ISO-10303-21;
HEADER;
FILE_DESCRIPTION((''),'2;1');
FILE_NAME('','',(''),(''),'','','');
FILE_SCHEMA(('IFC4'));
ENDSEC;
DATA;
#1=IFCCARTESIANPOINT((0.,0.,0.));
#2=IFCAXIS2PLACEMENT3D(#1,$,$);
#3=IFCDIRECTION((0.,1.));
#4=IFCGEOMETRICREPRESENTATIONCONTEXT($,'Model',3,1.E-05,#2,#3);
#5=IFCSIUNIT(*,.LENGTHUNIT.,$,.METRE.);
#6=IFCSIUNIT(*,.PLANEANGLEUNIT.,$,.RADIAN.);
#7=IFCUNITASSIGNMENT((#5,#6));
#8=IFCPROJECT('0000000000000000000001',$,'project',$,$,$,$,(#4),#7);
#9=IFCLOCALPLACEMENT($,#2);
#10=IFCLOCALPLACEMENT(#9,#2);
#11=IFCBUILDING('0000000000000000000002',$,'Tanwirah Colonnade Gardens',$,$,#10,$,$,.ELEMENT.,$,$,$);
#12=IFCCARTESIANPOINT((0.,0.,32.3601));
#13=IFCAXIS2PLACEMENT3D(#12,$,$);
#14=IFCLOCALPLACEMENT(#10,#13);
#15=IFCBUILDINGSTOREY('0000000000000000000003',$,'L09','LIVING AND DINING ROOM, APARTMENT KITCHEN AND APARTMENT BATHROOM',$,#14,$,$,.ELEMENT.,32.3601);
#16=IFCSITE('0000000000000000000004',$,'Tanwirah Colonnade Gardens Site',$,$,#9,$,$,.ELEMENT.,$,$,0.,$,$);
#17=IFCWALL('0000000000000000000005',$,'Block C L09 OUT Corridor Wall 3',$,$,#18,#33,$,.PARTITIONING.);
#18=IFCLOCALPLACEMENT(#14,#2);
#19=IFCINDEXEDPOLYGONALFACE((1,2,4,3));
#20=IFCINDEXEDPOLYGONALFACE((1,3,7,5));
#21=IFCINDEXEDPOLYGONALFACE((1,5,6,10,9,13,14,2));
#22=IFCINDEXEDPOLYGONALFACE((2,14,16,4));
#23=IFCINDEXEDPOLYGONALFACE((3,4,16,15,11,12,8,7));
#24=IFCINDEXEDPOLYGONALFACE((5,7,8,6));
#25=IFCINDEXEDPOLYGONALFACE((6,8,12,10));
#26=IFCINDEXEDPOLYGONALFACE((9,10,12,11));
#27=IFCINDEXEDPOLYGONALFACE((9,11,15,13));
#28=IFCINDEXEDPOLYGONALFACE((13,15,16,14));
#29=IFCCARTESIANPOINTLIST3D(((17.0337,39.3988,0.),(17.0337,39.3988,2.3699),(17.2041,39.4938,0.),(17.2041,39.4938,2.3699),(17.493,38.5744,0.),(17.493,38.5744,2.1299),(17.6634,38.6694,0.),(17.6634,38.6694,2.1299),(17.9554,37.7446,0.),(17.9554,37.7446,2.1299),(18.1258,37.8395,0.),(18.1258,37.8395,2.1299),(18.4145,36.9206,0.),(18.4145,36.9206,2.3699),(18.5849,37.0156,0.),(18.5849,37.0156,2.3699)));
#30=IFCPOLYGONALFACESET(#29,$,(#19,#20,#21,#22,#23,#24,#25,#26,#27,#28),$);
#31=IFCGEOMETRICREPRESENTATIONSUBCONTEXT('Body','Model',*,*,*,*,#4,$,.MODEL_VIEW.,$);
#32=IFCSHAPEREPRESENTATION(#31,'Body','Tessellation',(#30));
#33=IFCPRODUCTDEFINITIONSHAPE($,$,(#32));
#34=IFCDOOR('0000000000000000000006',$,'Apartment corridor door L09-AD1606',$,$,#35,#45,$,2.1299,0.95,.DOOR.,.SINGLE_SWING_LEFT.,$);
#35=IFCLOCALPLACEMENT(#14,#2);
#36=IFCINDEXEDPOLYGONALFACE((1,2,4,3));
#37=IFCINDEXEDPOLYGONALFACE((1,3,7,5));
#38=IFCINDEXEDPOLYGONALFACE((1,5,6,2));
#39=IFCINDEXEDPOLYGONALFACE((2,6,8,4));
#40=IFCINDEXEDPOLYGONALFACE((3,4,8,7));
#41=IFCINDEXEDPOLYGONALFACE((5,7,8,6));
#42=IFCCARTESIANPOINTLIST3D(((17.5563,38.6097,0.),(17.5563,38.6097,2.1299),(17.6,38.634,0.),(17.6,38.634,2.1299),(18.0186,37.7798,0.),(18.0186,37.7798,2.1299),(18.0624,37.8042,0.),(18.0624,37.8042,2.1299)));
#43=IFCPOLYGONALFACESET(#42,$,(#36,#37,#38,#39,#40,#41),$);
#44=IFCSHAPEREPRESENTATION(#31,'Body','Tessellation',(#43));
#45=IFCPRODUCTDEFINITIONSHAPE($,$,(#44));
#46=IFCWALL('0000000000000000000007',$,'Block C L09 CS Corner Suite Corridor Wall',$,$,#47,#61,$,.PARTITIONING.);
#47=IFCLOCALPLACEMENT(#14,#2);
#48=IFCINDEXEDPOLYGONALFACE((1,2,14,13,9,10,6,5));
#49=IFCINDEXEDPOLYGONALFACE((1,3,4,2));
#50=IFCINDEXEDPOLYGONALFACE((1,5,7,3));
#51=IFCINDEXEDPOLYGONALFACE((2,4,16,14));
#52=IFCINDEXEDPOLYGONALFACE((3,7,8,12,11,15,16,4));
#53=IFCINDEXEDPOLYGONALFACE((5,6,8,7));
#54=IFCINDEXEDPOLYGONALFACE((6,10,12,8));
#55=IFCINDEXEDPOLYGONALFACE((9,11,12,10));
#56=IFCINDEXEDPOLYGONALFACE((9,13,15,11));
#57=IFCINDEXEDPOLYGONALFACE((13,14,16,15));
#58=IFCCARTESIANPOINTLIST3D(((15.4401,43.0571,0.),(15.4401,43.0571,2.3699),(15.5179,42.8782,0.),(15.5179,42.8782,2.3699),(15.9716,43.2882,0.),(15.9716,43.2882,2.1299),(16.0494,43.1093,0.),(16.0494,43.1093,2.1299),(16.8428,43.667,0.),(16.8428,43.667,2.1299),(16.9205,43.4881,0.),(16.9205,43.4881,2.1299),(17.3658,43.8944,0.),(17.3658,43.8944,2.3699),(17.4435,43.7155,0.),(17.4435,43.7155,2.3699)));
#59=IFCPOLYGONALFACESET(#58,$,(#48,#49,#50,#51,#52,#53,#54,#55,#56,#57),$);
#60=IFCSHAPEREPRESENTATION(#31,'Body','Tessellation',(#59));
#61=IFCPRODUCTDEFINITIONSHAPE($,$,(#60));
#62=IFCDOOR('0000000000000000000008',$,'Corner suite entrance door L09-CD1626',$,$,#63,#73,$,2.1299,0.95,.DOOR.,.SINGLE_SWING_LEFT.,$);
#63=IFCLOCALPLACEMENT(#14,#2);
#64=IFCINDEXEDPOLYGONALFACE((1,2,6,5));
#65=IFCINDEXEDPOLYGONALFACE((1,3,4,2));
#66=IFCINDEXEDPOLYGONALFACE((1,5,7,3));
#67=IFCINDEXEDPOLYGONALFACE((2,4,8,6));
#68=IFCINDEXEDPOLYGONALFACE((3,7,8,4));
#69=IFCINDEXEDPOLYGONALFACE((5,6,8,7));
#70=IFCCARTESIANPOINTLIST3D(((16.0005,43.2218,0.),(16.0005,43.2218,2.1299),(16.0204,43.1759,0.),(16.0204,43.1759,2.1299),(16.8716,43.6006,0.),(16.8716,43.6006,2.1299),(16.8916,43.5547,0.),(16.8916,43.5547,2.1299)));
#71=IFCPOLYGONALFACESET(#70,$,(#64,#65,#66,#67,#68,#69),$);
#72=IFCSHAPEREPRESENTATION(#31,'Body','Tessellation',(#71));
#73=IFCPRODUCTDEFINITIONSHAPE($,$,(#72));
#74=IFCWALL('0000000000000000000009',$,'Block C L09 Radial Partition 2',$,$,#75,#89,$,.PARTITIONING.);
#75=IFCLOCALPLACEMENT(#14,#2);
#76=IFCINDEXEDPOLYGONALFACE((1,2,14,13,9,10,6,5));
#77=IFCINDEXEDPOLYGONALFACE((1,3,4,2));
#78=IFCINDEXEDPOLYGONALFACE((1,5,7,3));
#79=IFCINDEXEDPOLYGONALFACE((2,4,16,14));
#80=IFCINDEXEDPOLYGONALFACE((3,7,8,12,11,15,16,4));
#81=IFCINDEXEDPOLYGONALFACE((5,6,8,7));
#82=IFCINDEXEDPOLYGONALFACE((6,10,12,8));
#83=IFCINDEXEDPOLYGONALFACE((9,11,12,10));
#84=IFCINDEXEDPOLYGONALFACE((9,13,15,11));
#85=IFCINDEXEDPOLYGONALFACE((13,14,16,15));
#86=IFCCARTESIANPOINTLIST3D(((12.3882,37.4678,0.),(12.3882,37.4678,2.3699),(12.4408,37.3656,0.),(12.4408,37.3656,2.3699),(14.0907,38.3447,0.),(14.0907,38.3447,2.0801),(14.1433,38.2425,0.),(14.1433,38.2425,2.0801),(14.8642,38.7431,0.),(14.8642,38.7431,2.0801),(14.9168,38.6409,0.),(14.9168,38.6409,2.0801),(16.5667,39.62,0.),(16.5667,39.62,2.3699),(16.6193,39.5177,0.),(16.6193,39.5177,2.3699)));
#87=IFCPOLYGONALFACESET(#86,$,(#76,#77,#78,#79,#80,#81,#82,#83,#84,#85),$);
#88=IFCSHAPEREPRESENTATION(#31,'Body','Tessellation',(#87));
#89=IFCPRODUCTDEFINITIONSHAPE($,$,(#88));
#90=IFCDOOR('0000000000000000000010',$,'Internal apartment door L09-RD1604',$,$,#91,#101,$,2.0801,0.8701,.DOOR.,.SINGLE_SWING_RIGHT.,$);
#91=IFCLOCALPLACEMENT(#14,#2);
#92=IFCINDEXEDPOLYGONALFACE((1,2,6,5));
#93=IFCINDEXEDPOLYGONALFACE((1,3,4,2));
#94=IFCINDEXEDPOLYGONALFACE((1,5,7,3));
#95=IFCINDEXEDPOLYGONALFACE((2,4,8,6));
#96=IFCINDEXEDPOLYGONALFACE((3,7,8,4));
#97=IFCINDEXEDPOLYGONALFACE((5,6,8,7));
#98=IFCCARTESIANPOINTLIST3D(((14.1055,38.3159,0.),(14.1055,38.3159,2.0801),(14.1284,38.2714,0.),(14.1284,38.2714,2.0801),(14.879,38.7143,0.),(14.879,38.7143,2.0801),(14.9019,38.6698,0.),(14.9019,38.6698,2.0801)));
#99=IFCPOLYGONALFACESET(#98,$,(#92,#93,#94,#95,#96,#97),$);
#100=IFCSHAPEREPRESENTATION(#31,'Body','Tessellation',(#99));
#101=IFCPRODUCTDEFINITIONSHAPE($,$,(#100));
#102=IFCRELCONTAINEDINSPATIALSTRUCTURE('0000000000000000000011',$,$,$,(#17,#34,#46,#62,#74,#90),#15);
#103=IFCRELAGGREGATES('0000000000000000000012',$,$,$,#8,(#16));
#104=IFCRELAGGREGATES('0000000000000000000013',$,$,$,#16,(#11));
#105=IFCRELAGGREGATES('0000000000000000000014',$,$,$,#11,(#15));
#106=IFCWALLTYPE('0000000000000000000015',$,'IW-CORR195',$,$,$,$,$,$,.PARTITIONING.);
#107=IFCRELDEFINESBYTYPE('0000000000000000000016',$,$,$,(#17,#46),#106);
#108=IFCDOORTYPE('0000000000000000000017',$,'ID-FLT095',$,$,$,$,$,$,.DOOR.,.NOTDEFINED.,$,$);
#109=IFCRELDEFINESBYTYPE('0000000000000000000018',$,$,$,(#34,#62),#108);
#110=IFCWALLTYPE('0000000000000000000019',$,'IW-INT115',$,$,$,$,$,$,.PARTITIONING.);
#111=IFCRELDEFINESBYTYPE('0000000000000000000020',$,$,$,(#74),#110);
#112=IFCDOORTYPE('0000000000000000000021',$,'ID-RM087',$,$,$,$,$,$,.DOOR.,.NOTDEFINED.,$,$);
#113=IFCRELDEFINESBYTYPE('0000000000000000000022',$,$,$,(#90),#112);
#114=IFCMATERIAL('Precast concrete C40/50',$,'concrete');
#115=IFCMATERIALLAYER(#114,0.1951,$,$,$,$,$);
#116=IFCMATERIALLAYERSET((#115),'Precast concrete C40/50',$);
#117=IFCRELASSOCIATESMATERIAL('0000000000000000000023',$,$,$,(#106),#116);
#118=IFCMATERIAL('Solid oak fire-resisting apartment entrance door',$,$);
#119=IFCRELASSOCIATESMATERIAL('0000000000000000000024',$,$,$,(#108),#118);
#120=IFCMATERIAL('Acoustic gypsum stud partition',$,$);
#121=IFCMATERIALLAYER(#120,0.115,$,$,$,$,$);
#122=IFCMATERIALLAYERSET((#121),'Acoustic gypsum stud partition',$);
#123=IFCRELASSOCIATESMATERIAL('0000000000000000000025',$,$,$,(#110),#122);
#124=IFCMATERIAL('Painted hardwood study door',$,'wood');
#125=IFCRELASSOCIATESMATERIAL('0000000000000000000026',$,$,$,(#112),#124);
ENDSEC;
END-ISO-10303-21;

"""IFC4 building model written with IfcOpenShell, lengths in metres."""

from ifc_helpers import new_model, si_unit, direction, frame, frame_2d, origin, place, context, subcontext, project, spatial, rectangle, extrude, material, layer, layer_set, type_object, element, fill, save


model = new_model("IFC4")

# Units and contexts
model_context = context("Model", 3, precision=1e-05, world=origin(), true_north=direction((0.0, 1.0)))
body_context = subcontext(model_context, "Body", "Model", "MODEL_VIEW")
ifc_project = project(units=[si_unit("LENGTHUNIT", "METRE"), si_unit("PLANEANGLEUNIT", "RADIAN")], contexts=[model_context])

# Site, building, storey
site_placement = place(None, origin())
site = spatial("IfcSite", under=ifc_project, at=site_placement, Name="Tanwirah Colonnade Gardens Site", CompositionType="ELEMENT", RefElevation=0.0)
building_placement = place(site_placement, origin())
building = spatial("IfcBuilding", under=site, at=building_placement, Name="Tanwirah Colonnade Gardens", CompositionType="ELEMENT")
storey_placement = place(building_placement, frame((0.0, 0.0, 32.3601)))
storey = spatial("IfcBuildingStorey", under=building, at=storey_placement, Name="L09", Description="LIVING AND DINING ROOM, APARTMENT KITCHEN AND APARTMENT BATHROOM", CompositionType="ELEMENT", Elevation=32.3601)

# Shared definitions
ifc_material_1 = material(Name="Precast concrete C40/50", Category="concrete")

# Walls, openings, doors
ifc_layer_1 = layer(ifc_material_1, 0.1951)
ifc_layer_set_1 = layer_set([ifc_layer_1], Name="Precast concrete C40/50")
wall_type_1 = type_object("IfcWallType", Name="IW-CORR195", PredefinedType="PARTITIONING", material=ifc_layer_set_1)
ifc_material_2 = material(Name="Solid oak fire-resisting apartment entrance door")
wall_1_placement = place(storey_placement, frame((17.1189, 39.4463, 0.0), z_axis=(0.0, 0.0, 1.0), x_axis=(0.486731, -0.873552, 0.0)))
wall_1 = element("IfcWall", 1, at=wall_1_placement, inside=storey, type_object=wall_type_1, Name="Block C L09 OUT Corridor Wall 3", PredefinedType="PARTITIONING", context=body_context, shape_type="SweptSolid", body=[
    extrude(rectangle(XDim=2.8369, YDim=0.1951, at=frame_2d((1.4185, 0.0))), origin(), (0.0, 0.0, 1.0), 2.3699),
])
opening_1_placement = place(wall_1_placement, frame((0.9436, 0.0, 0.0)))
opening_1 = element("IfcOpeningElement", 2, at=opening_1_placement, cuts=wall_1, PredefinedType="OPENING", context=body_context, shape_type="SweptSolid", body=[
    extrude(rectangle(XDim=0.95, YDim=2.1299, at=frame_2d((0.4751, 1.0649))), frame((0.0, 0.1074, 0.0), z_axis=(0.0, -1.0, 0.0), x_axis=(1.0, 0.0, 0.0)), (0.0, 0.0, 1.0), 0.2151),
])
door_type_1 = type_object("IfcDoorType", Name="ID-FLT095", OperationType="NOTDEFINED", PredefinedType="DOOR", material=ifc_material_2)
door_1_placement = place(opening_1_placement, origin())
door_1 = element("IfcDoor", 3, at=door_1_placement, inside=storey, type_object=door_type_1, Name="Apartment corridor door L09-AD1606", OperationType="SINGLE_SWING_LEFT", OverallHeight=2.1299, OverallWidth=0.95, PredefinedType="DOOR", context=body_context, shape_type="SweptSolid", body=[
    extrude(rectangle(XDim=0.95, YDim=2.1299, at=frame_2d((0.4751, 1.0649))), frame((0.0, 0.0249, 0.0), z_axis=(0.0, -1.0, 0.0), x_axis=(1.0, 0.0, 0.0)), (0.0, 0.0, 1.0), 0.05),
])
fill(opening_1, door_1)
wall_2_placement = place(storey_placement, frame((17.4045, 43.8049, 0.0), z_axis=(0.0, 0.0, 1.0), x_axis=(-0.917052, -0.398769, 0.0)))
wall_2 = element("IfcWall", 4, at=wall_2_placement, inside=storey, type_object=wall_type_1, Name="Block C L09 CS Corner Suite Corridor Wall", PredefinedType="PARTITIONING", context=body_context, shape_type="SweptSolid", body=[
    extrude(rectangle(XDim=2.0999, YDim=0.1951, at=frame_2d((1.0498, 0.0))), origin(), (0.0, 0.0, 1.0), 2.3699),
])
opening_2_placement = place(wall_2_placement, frame((0.5701, 0.0, 0.0)))
opening_2 = element("IfcOpeningElement", 5, at=opening_2_placement, cuts=wall_2, PredefinedType="OPENING", context=body_context, shape_type="SweptSolid", body=[
    extrude(rectangle(XDim=0.95, YDim=2.1299, at=frame_2d((0.4751, 1.0649))), frame((0.0, 0.1074, 0.0), z_axis=(0.0, -1.0, 0.0), x_axis=(1.0, 0.0, 0.0)), (0.0, 0.0, 1.0), 0.2151),
])
door_2_placement = place(opening_2_placement, origin())
door_2 = element("IfcDoor", 6, at=door_2_placement, inside=storey, type_object=door_type_1, Name="Corner suite entrance door L09-CD1626", OperationType="SINGLE_SWING_LEFT", OverallHeight=2.1299, OverallWidth=0.95, PredefinedType="DOOR", context=body_context, shape_type="SweptSolid", body=[
    extrude(rectangle(XDim=0.95, YDim=2.1299, at=frame_2d((0.4751, 1.0649))), frame((0.0, 0.0249, 0.0), z_axis=(0.0, -1.0, 0.0), x_axis=(1.0, 0.0, 0.0)), (0.0, 0.0, 1.0), 0.05),
])
fill(opening_2, door_2)
ifc_material_3 = material(Name="Acoustic gypsum stud partition")
ifc_layer_2 = layer(ifc_material_3, 0.115)
ifc_layer_set_2 = layer_set([ifc_layer_2], Name="Acoustic gypsum stud partition")
wall_type_2 = type_object("IfcWallType", Name="IW-INT115", PredefinedType="PARTITIONING", material=ifc_layer_set_2)
wall_3_placement = place(storey_placement, frame((16.593, 39.5688, 0.0), z_axis=(0.0, 0.0, 1.0), x_axis=(-0.889013, -0.457882, 0.0)))
wall_3 = element("IfcWall", 7, at=wall_3_placement, inside=storey, type_object=wall_type_2, Name="Block C L09 Radial Partition 2", PredefinedType="PARTITIONING", context=body_context, shape_type="SweptSolid", body=[
    extrude(rectangle(XDim=4.7002, YDim=0.115, at=frame_2d((2.3501, 0.0))), origin(), (0.0, 0.0, 1.0), 2.3699),
])
opening_3_placement = place(wall_3_placement, frame((1.915, 0.0, 0.0)))
opening_3 = element("IfcOpeningElement", 8, at=opening_3_placement, cuts=wall_3, PredefinedType="OPENING", context=body_context, shape_type="SweptSolid", body=[
    extrude(rectangle(XDim=0.8701, YDim=2.0801, at=frame_2d((0.4351, 1.04))), frame((0.0, 0.0674, 0.0), z_axis=(0.0, -1.0, 0.0), x_axis=(1.0, 0.0, 0.0)), (0.0, 0.0, 1.0), 0.135),
])
ifc_material_4 = material(Name="Painted hardwood study door", Category="wood")
door_type_2 = type_object("IfcDoorType", Name="ID-RM087", OperationType="NOTDEFINED", PredefinedType="DOOR", material=ifc_material_4)
door_3_placement = place(opening_3_placement, origin())
door_3 = element("IfcDoor", 9, at=door_3_placement, inside=storey, type_object=door_type_2, Name="Internal apartment door L09-RD1604", OperationType="SINGLE_SWING_RIGHT", OverallHeight=2.0801, OverallWidth=0.8701, PredefinedType="DOOR", context=body_context, shape_type="SweptSolid", body=[
    extrude(rectangle(XDim=0.8701, YDim=2.0801, at=frame_2d((0.4351, 1.04))), frame((0.0, 0.0249, 0.0), z_axis=(0.0, -1.0, 0.0), x_axis=(1.0, 0.0, 0.0)), (0.0, 0.0, 1.0), 0.05),
])
fill(opening_3, door_3)

save(model, "model.ifc")
